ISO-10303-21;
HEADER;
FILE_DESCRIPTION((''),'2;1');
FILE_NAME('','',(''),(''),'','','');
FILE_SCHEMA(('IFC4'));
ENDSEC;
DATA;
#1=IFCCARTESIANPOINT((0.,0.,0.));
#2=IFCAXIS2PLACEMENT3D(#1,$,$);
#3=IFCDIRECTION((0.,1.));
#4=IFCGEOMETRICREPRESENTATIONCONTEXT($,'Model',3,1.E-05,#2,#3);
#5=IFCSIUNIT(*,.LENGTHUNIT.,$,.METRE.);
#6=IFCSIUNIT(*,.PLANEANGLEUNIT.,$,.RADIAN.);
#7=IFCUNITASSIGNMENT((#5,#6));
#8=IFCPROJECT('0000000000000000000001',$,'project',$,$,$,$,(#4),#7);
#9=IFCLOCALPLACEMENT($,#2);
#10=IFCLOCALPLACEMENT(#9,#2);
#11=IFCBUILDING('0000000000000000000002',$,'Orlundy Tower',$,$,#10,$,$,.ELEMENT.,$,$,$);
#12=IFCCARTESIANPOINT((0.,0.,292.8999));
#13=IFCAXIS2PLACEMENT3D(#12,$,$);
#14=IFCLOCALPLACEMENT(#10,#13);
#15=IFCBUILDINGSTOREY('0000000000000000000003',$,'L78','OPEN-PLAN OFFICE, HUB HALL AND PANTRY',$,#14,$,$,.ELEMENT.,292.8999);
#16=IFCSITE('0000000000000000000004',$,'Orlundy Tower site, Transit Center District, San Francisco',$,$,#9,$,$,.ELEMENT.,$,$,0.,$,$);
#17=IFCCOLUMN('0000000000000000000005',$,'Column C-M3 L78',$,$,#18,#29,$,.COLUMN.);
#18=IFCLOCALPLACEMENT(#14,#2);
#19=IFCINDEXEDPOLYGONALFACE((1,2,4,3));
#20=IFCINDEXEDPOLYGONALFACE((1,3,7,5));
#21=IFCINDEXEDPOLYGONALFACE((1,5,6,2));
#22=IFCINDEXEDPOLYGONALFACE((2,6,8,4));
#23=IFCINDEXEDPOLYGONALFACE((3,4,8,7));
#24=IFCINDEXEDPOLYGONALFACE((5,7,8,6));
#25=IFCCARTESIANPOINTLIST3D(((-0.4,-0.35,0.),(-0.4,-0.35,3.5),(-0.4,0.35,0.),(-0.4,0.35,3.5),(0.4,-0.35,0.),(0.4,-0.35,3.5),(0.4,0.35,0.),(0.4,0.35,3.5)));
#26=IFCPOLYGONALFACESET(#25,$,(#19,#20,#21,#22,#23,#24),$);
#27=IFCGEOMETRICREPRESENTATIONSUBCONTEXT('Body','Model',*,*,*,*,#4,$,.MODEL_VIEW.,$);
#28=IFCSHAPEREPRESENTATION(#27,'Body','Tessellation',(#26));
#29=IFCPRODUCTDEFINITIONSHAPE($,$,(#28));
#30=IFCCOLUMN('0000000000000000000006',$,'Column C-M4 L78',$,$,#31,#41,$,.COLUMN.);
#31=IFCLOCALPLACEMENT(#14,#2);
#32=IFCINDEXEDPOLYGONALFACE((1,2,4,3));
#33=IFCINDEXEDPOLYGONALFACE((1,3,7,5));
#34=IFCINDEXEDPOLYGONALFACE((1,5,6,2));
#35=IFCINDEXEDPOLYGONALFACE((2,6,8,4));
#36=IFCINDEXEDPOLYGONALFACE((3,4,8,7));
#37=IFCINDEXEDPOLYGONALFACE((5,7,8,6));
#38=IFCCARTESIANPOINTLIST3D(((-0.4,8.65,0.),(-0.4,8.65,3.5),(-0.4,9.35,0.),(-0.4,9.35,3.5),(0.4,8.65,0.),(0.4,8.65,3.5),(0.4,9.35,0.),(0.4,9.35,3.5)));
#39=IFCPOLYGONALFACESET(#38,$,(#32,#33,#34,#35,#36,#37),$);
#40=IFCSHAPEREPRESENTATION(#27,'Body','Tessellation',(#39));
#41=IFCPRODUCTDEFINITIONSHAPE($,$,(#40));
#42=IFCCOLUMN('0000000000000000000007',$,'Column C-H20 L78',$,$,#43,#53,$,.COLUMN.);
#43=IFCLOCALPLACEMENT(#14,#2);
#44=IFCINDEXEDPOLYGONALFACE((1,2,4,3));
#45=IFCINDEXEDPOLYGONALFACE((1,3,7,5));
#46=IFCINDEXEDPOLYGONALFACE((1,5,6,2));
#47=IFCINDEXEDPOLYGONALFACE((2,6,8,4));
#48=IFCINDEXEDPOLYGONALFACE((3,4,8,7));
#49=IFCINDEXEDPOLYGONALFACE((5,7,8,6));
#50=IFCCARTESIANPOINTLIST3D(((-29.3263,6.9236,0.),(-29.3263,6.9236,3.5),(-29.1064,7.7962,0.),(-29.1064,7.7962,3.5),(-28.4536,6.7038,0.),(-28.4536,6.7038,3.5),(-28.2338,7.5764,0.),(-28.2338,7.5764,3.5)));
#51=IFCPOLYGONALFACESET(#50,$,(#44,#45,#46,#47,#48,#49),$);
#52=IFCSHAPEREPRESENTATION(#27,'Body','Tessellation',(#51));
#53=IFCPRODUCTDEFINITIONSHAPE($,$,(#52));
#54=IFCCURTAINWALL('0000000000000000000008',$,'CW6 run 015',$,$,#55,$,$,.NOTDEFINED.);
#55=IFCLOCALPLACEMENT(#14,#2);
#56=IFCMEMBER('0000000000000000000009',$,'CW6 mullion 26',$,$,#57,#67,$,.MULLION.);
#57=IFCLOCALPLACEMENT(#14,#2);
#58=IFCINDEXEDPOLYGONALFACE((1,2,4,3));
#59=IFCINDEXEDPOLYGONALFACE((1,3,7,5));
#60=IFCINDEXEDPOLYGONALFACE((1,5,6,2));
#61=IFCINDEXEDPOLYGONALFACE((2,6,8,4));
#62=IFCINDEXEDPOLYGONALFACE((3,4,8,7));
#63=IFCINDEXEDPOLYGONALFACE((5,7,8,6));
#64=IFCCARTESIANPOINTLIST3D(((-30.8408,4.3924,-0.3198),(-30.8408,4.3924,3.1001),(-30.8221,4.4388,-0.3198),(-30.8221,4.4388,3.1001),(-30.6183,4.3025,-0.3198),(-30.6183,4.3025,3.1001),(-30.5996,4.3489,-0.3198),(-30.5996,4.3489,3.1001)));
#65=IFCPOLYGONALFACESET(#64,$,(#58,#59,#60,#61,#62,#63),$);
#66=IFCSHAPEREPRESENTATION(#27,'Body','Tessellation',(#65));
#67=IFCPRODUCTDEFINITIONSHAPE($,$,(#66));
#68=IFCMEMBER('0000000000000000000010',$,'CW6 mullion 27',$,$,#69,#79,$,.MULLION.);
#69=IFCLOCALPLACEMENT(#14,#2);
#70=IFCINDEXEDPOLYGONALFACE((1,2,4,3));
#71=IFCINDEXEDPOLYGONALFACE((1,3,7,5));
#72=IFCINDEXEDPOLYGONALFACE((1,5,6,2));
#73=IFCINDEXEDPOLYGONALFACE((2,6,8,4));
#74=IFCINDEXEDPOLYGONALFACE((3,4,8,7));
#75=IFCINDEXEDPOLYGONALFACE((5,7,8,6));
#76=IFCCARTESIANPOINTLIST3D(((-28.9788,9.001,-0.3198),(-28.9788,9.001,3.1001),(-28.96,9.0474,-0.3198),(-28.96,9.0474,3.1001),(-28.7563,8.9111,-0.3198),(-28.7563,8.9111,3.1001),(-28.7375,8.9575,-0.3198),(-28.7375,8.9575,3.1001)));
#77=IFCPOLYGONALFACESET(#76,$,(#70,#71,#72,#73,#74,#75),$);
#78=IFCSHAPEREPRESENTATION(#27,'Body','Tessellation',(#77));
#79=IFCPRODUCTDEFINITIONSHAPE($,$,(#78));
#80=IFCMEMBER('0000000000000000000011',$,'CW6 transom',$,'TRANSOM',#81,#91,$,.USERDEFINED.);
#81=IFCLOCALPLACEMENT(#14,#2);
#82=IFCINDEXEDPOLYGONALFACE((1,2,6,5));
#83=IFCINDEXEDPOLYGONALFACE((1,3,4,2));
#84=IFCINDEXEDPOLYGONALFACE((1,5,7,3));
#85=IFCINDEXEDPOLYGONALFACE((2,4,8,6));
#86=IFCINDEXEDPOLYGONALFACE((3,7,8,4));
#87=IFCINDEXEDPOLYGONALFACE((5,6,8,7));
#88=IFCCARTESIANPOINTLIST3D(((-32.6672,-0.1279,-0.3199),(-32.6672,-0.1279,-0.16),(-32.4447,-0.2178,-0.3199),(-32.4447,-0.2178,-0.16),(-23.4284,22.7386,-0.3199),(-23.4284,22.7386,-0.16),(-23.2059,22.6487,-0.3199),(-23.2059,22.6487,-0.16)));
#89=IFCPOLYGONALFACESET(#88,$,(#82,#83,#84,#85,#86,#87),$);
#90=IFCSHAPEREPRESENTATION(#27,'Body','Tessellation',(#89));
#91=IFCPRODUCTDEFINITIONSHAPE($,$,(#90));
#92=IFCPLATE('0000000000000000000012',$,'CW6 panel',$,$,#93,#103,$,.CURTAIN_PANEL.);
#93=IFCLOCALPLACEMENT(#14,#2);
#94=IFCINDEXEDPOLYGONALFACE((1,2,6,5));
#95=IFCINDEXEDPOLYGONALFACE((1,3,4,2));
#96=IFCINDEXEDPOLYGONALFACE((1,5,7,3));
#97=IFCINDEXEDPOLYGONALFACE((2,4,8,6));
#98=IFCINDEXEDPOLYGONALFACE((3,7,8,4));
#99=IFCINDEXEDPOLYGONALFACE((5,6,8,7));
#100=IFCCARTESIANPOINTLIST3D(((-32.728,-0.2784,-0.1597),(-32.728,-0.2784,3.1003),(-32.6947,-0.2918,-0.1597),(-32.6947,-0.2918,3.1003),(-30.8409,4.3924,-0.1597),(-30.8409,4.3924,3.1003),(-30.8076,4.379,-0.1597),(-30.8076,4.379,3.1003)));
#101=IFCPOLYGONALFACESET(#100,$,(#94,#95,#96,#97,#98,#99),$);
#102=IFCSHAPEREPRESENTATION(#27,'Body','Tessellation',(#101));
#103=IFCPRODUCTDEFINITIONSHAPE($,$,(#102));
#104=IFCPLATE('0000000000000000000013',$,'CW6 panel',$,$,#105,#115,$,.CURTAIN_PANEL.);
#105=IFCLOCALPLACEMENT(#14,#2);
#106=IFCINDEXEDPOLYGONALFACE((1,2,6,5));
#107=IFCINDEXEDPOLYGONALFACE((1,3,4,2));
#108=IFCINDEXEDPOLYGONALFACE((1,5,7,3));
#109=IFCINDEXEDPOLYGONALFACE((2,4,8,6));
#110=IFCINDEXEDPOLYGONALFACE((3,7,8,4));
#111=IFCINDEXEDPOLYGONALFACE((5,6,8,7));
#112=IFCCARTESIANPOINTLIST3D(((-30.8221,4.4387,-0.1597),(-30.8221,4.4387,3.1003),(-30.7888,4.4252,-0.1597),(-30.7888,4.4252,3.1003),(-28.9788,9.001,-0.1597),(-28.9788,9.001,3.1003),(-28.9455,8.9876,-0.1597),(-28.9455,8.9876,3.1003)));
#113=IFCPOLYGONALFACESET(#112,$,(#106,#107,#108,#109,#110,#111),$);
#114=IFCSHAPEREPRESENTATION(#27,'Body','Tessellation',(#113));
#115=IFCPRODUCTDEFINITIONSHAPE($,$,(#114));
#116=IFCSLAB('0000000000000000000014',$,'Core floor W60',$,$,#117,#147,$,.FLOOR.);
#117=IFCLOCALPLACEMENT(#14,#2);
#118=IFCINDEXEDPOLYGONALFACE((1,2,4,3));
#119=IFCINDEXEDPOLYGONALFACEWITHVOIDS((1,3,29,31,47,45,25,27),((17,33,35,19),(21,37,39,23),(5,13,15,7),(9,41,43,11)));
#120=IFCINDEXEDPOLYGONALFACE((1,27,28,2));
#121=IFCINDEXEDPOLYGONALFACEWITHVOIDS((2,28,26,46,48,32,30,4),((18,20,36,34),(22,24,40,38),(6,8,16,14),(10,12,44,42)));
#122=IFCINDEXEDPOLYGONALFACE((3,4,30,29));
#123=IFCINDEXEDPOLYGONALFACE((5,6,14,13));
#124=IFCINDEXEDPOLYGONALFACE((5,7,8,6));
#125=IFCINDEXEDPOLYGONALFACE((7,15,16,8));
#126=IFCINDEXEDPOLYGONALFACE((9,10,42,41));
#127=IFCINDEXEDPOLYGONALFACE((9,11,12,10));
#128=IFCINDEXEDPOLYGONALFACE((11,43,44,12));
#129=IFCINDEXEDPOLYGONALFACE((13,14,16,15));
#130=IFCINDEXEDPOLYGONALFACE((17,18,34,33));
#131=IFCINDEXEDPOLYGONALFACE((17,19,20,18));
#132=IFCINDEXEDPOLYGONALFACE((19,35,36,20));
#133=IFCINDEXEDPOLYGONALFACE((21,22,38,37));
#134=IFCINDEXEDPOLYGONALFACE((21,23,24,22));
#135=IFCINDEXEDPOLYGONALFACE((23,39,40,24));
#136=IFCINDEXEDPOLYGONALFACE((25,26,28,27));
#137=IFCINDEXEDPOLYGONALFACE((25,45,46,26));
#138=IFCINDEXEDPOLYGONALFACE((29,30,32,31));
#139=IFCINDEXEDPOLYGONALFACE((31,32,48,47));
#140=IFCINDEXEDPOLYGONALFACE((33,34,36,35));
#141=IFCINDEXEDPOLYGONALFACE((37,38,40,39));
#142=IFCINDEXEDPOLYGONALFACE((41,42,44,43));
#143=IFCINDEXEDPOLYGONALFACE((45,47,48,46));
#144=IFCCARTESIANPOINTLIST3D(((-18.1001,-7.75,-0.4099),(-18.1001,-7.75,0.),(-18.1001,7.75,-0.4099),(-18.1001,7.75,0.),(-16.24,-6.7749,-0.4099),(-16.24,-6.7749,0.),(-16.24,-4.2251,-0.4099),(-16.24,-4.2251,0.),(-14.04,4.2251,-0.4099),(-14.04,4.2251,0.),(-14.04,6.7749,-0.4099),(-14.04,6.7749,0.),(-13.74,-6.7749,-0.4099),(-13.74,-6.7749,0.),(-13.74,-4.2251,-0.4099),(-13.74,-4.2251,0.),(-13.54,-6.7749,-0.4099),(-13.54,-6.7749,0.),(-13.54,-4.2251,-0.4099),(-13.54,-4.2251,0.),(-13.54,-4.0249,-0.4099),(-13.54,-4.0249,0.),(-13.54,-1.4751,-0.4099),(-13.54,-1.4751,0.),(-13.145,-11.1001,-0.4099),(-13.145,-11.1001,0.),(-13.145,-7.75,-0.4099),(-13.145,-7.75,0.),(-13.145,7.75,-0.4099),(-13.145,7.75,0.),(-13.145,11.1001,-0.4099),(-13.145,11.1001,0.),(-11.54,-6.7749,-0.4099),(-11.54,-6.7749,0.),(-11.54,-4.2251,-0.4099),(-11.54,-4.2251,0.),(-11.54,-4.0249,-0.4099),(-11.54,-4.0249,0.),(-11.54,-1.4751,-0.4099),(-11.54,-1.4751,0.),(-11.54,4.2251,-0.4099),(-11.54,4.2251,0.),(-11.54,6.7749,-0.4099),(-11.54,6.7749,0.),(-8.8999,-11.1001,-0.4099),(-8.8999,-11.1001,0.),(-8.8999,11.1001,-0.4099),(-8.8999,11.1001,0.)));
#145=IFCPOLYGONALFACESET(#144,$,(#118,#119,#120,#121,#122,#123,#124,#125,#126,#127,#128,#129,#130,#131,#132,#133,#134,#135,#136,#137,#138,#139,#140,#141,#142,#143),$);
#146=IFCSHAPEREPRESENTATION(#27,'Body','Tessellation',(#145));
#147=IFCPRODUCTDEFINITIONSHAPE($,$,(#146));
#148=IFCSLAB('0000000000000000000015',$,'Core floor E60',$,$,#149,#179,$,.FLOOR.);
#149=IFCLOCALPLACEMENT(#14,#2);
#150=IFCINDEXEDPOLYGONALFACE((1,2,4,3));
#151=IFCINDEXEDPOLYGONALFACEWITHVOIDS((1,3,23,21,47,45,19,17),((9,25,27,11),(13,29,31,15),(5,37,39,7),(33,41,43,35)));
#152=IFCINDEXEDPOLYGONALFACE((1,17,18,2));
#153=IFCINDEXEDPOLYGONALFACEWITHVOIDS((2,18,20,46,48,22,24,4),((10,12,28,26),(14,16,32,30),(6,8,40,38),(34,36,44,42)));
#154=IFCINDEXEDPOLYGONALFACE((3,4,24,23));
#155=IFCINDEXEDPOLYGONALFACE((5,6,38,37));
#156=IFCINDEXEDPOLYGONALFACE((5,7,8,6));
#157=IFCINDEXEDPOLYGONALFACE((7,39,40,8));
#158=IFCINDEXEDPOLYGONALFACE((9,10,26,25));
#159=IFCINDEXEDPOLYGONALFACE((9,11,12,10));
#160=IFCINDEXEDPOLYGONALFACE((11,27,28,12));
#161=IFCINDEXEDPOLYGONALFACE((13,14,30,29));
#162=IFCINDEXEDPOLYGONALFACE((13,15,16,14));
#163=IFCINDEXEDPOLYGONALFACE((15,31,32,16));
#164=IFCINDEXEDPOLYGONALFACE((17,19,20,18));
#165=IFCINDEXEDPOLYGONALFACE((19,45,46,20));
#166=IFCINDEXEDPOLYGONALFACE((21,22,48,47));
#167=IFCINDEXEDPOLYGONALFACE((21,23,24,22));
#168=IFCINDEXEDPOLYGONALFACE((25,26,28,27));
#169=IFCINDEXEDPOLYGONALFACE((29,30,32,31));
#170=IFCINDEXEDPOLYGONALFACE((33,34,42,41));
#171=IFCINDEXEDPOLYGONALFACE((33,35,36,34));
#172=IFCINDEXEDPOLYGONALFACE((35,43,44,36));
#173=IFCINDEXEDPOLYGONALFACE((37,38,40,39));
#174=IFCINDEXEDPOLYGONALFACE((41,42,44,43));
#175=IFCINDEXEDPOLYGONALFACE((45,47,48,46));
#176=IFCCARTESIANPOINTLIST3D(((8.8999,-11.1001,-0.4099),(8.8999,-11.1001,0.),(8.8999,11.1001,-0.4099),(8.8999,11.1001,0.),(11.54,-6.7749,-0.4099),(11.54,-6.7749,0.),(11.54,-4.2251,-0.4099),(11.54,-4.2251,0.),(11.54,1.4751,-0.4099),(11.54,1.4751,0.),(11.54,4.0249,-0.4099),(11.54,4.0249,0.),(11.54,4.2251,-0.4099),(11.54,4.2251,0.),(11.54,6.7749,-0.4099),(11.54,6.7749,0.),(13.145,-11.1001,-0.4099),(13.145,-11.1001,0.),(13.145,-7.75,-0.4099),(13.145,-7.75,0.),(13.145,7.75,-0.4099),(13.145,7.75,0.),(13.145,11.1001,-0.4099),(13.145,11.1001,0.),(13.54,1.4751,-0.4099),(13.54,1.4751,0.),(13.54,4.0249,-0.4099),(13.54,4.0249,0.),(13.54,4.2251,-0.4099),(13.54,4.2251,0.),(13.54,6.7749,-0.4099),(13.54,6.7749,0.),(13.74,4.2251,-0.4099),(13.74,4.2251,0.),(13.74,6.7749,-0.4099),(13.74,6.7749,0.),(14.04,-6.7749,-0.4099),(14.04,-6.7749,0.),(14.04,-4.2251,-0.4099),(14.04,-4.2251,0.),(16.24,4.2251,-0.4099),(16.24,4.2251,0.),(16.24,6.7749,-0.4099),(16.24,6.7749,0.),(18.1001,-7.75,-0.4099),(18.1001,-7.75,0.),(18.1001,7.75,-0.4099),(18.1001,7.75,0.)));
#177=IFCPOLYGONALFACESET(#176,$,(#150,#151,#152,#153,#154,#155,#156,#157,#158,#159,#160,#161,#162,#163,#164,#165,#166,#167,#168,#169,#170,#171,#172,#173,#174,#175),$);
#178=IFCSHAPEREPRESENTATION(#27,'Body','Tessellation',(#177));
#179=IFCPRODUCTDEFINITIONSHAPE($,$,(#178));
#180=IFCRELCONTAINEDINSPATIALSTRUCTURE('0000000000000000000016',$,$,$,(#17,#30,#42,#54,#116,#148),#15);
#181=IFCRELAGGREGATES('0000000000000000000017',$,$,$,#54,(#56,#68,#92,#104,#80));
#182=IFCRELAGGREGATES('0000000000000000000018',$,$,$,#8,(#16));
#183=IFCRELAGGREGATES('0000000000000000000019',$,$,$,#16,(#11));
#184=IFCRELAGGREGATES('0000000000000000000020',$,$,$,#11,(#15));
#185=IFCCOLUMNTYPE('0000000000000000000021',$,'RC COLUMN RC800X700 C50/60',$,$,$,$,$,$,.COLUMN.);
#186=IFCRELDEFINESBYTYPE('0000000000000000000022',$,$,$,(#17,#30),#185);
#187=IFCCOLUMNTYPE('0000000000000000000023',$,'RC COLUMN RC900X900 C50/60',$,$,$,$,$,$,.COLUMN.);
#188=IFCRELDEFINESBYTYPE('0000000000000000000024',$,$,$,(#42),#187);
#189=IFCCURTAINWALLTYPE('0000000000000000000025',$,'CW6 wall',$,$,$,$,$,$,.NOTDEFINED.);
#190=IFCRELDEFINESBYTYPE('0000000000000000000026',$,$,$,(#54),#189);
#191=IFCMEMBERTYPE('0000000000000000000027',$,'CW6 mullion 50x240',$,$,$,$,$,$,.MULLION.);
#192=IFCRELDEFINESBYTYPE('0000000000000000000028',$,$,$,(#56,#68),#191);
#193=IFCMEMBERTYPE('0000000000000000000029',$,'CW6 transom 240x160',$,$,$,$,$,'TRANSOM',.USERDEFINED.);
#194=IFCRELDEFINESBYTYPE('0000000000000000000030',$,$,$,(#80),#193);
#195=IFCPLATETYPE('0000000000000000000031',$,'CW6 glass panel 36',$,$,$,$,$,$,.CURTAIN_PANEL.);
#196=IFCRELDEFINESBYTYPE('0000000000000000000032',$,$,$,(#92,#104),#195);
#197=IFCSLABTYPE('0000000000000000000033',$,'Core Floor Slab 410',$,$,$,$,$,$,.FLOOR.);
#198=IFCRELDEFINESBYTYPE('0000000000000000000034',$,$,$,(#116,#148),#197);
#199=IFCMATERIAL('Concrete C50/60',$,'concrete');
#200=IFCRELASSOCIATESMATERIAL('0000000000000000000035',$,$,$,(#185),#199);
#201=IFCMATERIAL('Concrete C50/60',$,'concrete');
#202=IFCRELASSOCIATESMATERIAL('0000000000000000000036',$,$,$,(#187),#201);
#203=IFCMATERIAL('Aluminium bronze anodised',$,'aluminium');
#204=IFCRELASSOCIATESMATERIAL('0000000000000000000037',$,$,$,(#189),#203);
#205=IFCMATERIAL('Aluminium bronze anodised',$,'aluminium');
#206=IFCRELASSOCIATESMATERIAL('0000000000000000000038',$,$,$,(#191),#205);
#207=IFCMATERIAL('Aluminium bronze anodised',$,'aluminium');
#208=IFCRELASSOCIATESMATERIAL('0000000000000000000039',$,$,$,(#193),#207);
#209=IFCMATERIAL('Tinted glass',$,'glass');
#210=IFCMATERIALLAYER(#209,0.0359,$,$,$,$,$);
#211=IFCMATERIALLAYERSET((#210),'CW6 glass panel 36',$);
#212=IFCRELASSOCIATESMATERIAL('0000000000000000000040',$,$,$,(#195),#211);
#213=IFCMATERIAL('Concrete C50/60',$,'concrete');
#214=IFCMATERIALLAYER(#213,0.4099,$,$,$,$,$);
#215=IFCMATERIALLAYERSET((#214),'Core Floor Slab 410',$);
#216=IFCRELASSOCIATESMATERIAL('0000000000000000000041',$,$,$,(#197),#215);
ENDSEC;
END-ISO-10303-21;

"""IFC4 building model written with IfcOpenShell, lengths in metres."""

from ifc_helpers import new_model, si_unit, direction, frame, origin, origin_2d, place, context, subcontext, project, spatial, polyline, rectangle, outline, extrude, material, layer, layer_set, material_profile, profile_set, type_object, element, aggregate, save


model = new_model("IFC4")

# Units and contexts
model_context = context("Model", 3, precision=1e-05, world=origin(), true_north=direction((0.0, 1.0)))
body_context = subcontext(model_context, "Body", "Model", "MODEL_VIEW")
ifc_project = project(units=[si_unit("LENGTHUNIT", "METRE"), si_unit("PLANEANGLEUNIT", "RADIAN")], contexts=[model_context])

# Site, building, storey
site_placement = place(None, origin())
site = spatial("IfcSite", under=ifc_project, at=site_placement, Name="Orlundy Tower site, Transit Center District, San Francisco", CompositionType="ELEMENT", RefElevation=0.0)
building_placement = place(site_placement, origin())
building = spatial("IfcBuilding", under=site, at=building_placement, Name="Orlundy Tower", CompositionType="ELEMENT")
storey_placement = place(building_placement, frame((0.0, 0.0, 292.8999)))
storey = spatial("IfcBuildingStorey", under=building, at=storey_placement, Name="L78", Description="OPEN-PLAN OFFICE, HUB HALL AND PANTRY", CompositionType="ELEMENT", Elevation=292.8999)

# Columns
ifc_material_1 = material(Name="Concrete C50/60", Category="concrete")
ifc_material_profile_1 = material_profile(ifc_material_1, rectangle(XDim=0.8, YDim=0.7, at=origin_2d()), Name="RC800X700")
ifc_profile_set_1 = profile_set([ifc_material_profile_1], Name="Concrete C50/60")
column_type_1 = type_object("IfcColumnType", Name="RC COLUMN RC800X700 C50/60", PredefinedType="COLUMN", material=ifc_profile_set_1)
for number, where, z_axis, x_axis, name in (
    (1, (0.0, 0.0, 0.0), (0.0, 0.0, 1.0), (1.0, 0.0, 0.0), "Column C-M3 L78"),
    (2, (0.0, 9.0, 0.0), (0.0, 0.0, 1.0), (1.0, 0.0, 0.0), "Column C-M4 L78"),
):
    element("IfcColumn", number, at=place(storey_placement, frame(where, z_axis=z_axis, x_axis=x_axis)), inside=storey, type_object=column_type_1, Name=name, PredefinedType="COLUMN", context=body_context, shape_type="SweptSolid", body=[
        extrude(rectangle(XDim=0.8, YDim=0.7, at=origin_2d()), origin(), (0.0, 0.0, 1.0), 3.5),
    ])
ifc_material_2 = material(Name="Concrete C50/60", Category="concrete")
ifc_material_profile_2 = material_profile(ifc_material_2, rectangle(XDim=0.8999, YDim=0.8999, at=origin_2d()), Name="RC900X900")
ifc_profile_set_2 = profile_set([ifc_material_profile_2], Name="Concrete C50/60")
column_type_2 = type_object("IfcColumnType", Name="RC COLUMN RC900X900 C50/60", PredefinedType="COLUMN", material=ifc_profile_set_2)
column_placement = place(storey_placement, frame((-28.78, 7.25, 0.0), z_axis=(0.0, 0.0, 1.0), x_axis=(-0.969706, 0.244275, 0.0)))
element("IfcColumn", 3, at=column_placement, inside=storey, type_object=column_type_2, Name="Column C-H20 L78", PredefinedType="COLUMN", context=body_context, shape_type="SweptSolid", body=[
    extrude(rectangle(XDim=0.8999, YDim=0.8999, at=origin_2d()), origin(), (0.0, 0.0, 1.0), 3.5),
])

# Curtain wall, members, plates
ifc_material_3 = material(Name="Aluminium bronze anodised", Category="aluminium")
curtain_wall_type = type_object("IfcCurtainWallType", Name="CW6 wall", PredefinedType="NOTDEFINED", material=ifc_material_3)
curtain_wall_placement = place(storey_placement, origin())
curtain_wall = element("IfcCurtainWall", 4, at=curtain_wall_placement, inside=storey, type_object=curtain_wall_type, Name="CW6 run 015", PredefinedType="NOTDEFINED")
ifc_material_4 = material(Name="Aluminium bronze anodised", Category="aluminium")
ifc_material_profile_3 = material_profile(ifc_material_4, rectangle(XDim=0.24, YDim=0.05, at=origin_2d()), Name="CW6 mullion 50x240")
ifc_profile_set_3 = profile_set([ifc_material_profile_3], Name="Aluminium bronze anodised")
member_type_1 = type_object("IfcMemberType", Name="CW6 mullion 50x240", PredefinedType="MULLION", material=ifc_profile_set_3)
member_1_placement = place(storey_placement, frame((-30.7202, 4.3706, -0.3198), z_axis=(0.0, 0.0, 1.0), x_axis=(-0.927184, 0.374607, 0.0)))
member_1 = element("IfcMember", 5, at=member_1_placement, type_object=member_type_1, Name="CW6 mullion 26", PredefinedType="MULLION", context=body_context, shape_type="SweptSolid", body=[
    extrude(rectangle(XDim=0.24, YDim=0.05, at=origin_2d()), origin(), (0.0, 0.0, 1.0), 3.4199),
])
member_2_placement = place(storey_placement, frame((-28.8582, 8.9792, -0.3198), z_axis=(0.0, 0.0, 1.0), x_axis=(-0.927184, 0.374607, 0.0)))
member_2 = element("IfcMember", 6, at=member_2_placement, type_object=member_type_1, Name="CW6 mullion 27", PredefinedType="MULLION", context=body_context, shape_type="SweptSolid", body=[
    extrude(rectangle(XDim=0.24, YDim=0.05, at=origin_2d()), origin(), (0.0, 0.0, 1.0), 3.4199),
])
ifc_material_5 = material(Name="Aluminium bronze anodised", Category="aluminium")
ifc_material_profile_4 = material_profile(ifc_material_5, rectangle(XDim=0.24, YDim=0.1599, at=origin_2d()), Name="CW6 transom 240x160")
ifc_profile_set_4 = profile_set([ifc_material_profile_4], Name="Aluminium bronze anodised")
member_type_2 = type_object("IfcMemberType", Name="CW6 transom 240x160", ElementType="TRANSOM", PredefinedType="USERDEFINED", material=ifc_profile_set_4)
member_3_placement = place(storey_placement, frame((-32.5559, -0.1729, -0.24), z_axis=(0.374611, 0.927182, 0.0), x_axis=(-0.927182, 0.374611, 0.0)))
member_3 = element("IfcMember", 7, at=member_3_placement, type_object=member_type_2, Name="CW6 transom", ObjectType="TRANSOM", PredefinedType="USERDEFINED", context=body_context, shape_type="SweptSolid", body=[
    extrude(rectangle(XDim=0.24, YDim=0.1599, at=origin_2d()), origin(), (0.0, 0.0, 1.0), 24.6624),
])
ifc_material_6 = material(Name="Tinted glass", Category="glass")
ifc_layer_1 = layer(ifc_material_6, 0.0359)
ifc_layer_set_1 = layer_set([ifc_layer_1], Name="CW6 glass panel 36")
plate_type = type_object("IfcPlateType", Name="CW6 glass panel 36", PredefinedType="CURTAIN_PANEL", material=ifc_layer_set_1)
plate_1_placement = place(storey_placement, frame((-31.7678, 2.0503, -0.1597), z_axis=(0.0, 0.0, 1.0), x_axis=(0.374607, 0.927184, 0.0)))
plate_1 = element("IfcPlate", 8, at=plate_1_placement, type_object=plate_type, Name="CW6 panel", PredefinedType="CURTAIN_PANEL", context=body_context, shape_type="SweptSolid", body=[
    extrude(rectangle(XDim=5.0376, YDim=0.0359, at=origin_2d()), origin(), (0.0, 0.0, 1.0), 3.26),
])
plate_2_placement = place(storey_placement, frame((-29.8838, 6.7131, -0.1597), z_axis=(0.0, 0.0, 1.0), x_axis=(0.374607, 0.927184, 0.0)))
plate_2 = element("IfcPlate", 9, at=plate_2_placement, type_object=plate_type, Name="CW6 panel", PredefinedType="CURTAIN_PANEL", context=body_context, shape_type="SweptSolid", body=[
    extrude(rectangle(XDim=4.9207, YDim=0.0359, at=origin_2d()), origin(), (0.0, 0.0, 1.0), 3.26),
])
aggregate(curtain_wall, [member_1, member_2, plate_1, plate_2, member_3])

# Slabs
ifc_material_7 = material(Name="Concrete C50/60", Category="concrete")
ifc_layer_2 = layer(ifc_material_7, 0.4099)
ifc_layer_set_2 = layer_set([ifc_layer_2], Name="Core Floor Slab 410")
slab_type_1 = type_object("IfcSlabType", Name="Core Floor Slab 410", PredefinedType="FLOOR", material=ifc_layer_set_2)
slab_1_placement = place(storey_placement, frame((0.0, 0.0, -0.4099)))
element("IfcSlab", 10, at=slab_1_placement, inside=storey, type_object=slab_type_1, Name="Core floor W60", PredefinedType="FLOOR", context=body_context, shape_type="SweptSolid", body=[
    extrude(outline(polyline([(-18.1001, 7.75), (-13.145, 7.75), (-13.145, 11.1001), (-8.8999, 11.1001), (-8.8999, -11.1001), (-13.145, -11.1001), (-13.145, -7.75), (-18.1001, -7.75), (-18.1001, 7.75)]), holes=[polyline([(-13.54, -4.2251), (-13.54, -6.7749), (-11.54, -6.7749), (-11.54, -4.2251), (-13.54, -4.2251)]), polyline([(-13.74, -4.2251), (-16.24, -4.2251), (-16.24, -6.7749), (-13.74, -6.7749), (-13.74, -4.2251)]), polyline([(-11.54, -4.0249), (-11.54, -1.4751), (-13.54, -1.4751), (-13.54, -4.0249), (-11.54, -4.0249)]), polyline([(-14.04, 4.2251), (-11.54, 4.2251), (-11.54, 6.7749), (-14.04, 6.7749), (-14.04, 4.2251)])]), origin(), (0.0, 0.0, 1.0), 0.4099),
])
slab_2_placement = place(storey_placement, frame((0.0, 0.0, -0.4099)))
element("IfcSlab", 11, at=slab_2_placement, inside=storey, type_object=slab_type_1, Name="Core floor E60", PredefinedType="FLOOR", context=body_context, shape_type="SweptSolid", body=[
    extrude(outline(polyline([(18.1001, -7.75), (13.145, -7.75), (13.145, -11.1001), (8.8999, -11.1001), (8.8999, 11.1001), (13.145, 11.1001), (13.145, 7.75), (18.1001, 7.75), (18.1001, -7.75)]), holes=[polyline([(13.54, 4.2251), (13.54, 6.7749), (11.54, 6.7749), (11.54, 4.2251), (13.54, 4.2251)]), polyline([(13.74, 4.2251), (16.24, 4.2251), (16.24, 6.7749), (13.74, 6.7749), (13.74, 4.2251)]), polyline([(11.54, 4.0249), (11.54, 1.4751), (13.54, 1.4751), (13.54, 4.0249), (11.54, 4.0249)]), polyline([(14.04, -4.2251), (11.54, -4.2251), (11.54, -6.7749), (14.04, -6.7749), (14.04, -4.2251)])]), origin(), (0.0, 0.0, 1.0), 0.4099),
])

save(model, "model.ifc")
